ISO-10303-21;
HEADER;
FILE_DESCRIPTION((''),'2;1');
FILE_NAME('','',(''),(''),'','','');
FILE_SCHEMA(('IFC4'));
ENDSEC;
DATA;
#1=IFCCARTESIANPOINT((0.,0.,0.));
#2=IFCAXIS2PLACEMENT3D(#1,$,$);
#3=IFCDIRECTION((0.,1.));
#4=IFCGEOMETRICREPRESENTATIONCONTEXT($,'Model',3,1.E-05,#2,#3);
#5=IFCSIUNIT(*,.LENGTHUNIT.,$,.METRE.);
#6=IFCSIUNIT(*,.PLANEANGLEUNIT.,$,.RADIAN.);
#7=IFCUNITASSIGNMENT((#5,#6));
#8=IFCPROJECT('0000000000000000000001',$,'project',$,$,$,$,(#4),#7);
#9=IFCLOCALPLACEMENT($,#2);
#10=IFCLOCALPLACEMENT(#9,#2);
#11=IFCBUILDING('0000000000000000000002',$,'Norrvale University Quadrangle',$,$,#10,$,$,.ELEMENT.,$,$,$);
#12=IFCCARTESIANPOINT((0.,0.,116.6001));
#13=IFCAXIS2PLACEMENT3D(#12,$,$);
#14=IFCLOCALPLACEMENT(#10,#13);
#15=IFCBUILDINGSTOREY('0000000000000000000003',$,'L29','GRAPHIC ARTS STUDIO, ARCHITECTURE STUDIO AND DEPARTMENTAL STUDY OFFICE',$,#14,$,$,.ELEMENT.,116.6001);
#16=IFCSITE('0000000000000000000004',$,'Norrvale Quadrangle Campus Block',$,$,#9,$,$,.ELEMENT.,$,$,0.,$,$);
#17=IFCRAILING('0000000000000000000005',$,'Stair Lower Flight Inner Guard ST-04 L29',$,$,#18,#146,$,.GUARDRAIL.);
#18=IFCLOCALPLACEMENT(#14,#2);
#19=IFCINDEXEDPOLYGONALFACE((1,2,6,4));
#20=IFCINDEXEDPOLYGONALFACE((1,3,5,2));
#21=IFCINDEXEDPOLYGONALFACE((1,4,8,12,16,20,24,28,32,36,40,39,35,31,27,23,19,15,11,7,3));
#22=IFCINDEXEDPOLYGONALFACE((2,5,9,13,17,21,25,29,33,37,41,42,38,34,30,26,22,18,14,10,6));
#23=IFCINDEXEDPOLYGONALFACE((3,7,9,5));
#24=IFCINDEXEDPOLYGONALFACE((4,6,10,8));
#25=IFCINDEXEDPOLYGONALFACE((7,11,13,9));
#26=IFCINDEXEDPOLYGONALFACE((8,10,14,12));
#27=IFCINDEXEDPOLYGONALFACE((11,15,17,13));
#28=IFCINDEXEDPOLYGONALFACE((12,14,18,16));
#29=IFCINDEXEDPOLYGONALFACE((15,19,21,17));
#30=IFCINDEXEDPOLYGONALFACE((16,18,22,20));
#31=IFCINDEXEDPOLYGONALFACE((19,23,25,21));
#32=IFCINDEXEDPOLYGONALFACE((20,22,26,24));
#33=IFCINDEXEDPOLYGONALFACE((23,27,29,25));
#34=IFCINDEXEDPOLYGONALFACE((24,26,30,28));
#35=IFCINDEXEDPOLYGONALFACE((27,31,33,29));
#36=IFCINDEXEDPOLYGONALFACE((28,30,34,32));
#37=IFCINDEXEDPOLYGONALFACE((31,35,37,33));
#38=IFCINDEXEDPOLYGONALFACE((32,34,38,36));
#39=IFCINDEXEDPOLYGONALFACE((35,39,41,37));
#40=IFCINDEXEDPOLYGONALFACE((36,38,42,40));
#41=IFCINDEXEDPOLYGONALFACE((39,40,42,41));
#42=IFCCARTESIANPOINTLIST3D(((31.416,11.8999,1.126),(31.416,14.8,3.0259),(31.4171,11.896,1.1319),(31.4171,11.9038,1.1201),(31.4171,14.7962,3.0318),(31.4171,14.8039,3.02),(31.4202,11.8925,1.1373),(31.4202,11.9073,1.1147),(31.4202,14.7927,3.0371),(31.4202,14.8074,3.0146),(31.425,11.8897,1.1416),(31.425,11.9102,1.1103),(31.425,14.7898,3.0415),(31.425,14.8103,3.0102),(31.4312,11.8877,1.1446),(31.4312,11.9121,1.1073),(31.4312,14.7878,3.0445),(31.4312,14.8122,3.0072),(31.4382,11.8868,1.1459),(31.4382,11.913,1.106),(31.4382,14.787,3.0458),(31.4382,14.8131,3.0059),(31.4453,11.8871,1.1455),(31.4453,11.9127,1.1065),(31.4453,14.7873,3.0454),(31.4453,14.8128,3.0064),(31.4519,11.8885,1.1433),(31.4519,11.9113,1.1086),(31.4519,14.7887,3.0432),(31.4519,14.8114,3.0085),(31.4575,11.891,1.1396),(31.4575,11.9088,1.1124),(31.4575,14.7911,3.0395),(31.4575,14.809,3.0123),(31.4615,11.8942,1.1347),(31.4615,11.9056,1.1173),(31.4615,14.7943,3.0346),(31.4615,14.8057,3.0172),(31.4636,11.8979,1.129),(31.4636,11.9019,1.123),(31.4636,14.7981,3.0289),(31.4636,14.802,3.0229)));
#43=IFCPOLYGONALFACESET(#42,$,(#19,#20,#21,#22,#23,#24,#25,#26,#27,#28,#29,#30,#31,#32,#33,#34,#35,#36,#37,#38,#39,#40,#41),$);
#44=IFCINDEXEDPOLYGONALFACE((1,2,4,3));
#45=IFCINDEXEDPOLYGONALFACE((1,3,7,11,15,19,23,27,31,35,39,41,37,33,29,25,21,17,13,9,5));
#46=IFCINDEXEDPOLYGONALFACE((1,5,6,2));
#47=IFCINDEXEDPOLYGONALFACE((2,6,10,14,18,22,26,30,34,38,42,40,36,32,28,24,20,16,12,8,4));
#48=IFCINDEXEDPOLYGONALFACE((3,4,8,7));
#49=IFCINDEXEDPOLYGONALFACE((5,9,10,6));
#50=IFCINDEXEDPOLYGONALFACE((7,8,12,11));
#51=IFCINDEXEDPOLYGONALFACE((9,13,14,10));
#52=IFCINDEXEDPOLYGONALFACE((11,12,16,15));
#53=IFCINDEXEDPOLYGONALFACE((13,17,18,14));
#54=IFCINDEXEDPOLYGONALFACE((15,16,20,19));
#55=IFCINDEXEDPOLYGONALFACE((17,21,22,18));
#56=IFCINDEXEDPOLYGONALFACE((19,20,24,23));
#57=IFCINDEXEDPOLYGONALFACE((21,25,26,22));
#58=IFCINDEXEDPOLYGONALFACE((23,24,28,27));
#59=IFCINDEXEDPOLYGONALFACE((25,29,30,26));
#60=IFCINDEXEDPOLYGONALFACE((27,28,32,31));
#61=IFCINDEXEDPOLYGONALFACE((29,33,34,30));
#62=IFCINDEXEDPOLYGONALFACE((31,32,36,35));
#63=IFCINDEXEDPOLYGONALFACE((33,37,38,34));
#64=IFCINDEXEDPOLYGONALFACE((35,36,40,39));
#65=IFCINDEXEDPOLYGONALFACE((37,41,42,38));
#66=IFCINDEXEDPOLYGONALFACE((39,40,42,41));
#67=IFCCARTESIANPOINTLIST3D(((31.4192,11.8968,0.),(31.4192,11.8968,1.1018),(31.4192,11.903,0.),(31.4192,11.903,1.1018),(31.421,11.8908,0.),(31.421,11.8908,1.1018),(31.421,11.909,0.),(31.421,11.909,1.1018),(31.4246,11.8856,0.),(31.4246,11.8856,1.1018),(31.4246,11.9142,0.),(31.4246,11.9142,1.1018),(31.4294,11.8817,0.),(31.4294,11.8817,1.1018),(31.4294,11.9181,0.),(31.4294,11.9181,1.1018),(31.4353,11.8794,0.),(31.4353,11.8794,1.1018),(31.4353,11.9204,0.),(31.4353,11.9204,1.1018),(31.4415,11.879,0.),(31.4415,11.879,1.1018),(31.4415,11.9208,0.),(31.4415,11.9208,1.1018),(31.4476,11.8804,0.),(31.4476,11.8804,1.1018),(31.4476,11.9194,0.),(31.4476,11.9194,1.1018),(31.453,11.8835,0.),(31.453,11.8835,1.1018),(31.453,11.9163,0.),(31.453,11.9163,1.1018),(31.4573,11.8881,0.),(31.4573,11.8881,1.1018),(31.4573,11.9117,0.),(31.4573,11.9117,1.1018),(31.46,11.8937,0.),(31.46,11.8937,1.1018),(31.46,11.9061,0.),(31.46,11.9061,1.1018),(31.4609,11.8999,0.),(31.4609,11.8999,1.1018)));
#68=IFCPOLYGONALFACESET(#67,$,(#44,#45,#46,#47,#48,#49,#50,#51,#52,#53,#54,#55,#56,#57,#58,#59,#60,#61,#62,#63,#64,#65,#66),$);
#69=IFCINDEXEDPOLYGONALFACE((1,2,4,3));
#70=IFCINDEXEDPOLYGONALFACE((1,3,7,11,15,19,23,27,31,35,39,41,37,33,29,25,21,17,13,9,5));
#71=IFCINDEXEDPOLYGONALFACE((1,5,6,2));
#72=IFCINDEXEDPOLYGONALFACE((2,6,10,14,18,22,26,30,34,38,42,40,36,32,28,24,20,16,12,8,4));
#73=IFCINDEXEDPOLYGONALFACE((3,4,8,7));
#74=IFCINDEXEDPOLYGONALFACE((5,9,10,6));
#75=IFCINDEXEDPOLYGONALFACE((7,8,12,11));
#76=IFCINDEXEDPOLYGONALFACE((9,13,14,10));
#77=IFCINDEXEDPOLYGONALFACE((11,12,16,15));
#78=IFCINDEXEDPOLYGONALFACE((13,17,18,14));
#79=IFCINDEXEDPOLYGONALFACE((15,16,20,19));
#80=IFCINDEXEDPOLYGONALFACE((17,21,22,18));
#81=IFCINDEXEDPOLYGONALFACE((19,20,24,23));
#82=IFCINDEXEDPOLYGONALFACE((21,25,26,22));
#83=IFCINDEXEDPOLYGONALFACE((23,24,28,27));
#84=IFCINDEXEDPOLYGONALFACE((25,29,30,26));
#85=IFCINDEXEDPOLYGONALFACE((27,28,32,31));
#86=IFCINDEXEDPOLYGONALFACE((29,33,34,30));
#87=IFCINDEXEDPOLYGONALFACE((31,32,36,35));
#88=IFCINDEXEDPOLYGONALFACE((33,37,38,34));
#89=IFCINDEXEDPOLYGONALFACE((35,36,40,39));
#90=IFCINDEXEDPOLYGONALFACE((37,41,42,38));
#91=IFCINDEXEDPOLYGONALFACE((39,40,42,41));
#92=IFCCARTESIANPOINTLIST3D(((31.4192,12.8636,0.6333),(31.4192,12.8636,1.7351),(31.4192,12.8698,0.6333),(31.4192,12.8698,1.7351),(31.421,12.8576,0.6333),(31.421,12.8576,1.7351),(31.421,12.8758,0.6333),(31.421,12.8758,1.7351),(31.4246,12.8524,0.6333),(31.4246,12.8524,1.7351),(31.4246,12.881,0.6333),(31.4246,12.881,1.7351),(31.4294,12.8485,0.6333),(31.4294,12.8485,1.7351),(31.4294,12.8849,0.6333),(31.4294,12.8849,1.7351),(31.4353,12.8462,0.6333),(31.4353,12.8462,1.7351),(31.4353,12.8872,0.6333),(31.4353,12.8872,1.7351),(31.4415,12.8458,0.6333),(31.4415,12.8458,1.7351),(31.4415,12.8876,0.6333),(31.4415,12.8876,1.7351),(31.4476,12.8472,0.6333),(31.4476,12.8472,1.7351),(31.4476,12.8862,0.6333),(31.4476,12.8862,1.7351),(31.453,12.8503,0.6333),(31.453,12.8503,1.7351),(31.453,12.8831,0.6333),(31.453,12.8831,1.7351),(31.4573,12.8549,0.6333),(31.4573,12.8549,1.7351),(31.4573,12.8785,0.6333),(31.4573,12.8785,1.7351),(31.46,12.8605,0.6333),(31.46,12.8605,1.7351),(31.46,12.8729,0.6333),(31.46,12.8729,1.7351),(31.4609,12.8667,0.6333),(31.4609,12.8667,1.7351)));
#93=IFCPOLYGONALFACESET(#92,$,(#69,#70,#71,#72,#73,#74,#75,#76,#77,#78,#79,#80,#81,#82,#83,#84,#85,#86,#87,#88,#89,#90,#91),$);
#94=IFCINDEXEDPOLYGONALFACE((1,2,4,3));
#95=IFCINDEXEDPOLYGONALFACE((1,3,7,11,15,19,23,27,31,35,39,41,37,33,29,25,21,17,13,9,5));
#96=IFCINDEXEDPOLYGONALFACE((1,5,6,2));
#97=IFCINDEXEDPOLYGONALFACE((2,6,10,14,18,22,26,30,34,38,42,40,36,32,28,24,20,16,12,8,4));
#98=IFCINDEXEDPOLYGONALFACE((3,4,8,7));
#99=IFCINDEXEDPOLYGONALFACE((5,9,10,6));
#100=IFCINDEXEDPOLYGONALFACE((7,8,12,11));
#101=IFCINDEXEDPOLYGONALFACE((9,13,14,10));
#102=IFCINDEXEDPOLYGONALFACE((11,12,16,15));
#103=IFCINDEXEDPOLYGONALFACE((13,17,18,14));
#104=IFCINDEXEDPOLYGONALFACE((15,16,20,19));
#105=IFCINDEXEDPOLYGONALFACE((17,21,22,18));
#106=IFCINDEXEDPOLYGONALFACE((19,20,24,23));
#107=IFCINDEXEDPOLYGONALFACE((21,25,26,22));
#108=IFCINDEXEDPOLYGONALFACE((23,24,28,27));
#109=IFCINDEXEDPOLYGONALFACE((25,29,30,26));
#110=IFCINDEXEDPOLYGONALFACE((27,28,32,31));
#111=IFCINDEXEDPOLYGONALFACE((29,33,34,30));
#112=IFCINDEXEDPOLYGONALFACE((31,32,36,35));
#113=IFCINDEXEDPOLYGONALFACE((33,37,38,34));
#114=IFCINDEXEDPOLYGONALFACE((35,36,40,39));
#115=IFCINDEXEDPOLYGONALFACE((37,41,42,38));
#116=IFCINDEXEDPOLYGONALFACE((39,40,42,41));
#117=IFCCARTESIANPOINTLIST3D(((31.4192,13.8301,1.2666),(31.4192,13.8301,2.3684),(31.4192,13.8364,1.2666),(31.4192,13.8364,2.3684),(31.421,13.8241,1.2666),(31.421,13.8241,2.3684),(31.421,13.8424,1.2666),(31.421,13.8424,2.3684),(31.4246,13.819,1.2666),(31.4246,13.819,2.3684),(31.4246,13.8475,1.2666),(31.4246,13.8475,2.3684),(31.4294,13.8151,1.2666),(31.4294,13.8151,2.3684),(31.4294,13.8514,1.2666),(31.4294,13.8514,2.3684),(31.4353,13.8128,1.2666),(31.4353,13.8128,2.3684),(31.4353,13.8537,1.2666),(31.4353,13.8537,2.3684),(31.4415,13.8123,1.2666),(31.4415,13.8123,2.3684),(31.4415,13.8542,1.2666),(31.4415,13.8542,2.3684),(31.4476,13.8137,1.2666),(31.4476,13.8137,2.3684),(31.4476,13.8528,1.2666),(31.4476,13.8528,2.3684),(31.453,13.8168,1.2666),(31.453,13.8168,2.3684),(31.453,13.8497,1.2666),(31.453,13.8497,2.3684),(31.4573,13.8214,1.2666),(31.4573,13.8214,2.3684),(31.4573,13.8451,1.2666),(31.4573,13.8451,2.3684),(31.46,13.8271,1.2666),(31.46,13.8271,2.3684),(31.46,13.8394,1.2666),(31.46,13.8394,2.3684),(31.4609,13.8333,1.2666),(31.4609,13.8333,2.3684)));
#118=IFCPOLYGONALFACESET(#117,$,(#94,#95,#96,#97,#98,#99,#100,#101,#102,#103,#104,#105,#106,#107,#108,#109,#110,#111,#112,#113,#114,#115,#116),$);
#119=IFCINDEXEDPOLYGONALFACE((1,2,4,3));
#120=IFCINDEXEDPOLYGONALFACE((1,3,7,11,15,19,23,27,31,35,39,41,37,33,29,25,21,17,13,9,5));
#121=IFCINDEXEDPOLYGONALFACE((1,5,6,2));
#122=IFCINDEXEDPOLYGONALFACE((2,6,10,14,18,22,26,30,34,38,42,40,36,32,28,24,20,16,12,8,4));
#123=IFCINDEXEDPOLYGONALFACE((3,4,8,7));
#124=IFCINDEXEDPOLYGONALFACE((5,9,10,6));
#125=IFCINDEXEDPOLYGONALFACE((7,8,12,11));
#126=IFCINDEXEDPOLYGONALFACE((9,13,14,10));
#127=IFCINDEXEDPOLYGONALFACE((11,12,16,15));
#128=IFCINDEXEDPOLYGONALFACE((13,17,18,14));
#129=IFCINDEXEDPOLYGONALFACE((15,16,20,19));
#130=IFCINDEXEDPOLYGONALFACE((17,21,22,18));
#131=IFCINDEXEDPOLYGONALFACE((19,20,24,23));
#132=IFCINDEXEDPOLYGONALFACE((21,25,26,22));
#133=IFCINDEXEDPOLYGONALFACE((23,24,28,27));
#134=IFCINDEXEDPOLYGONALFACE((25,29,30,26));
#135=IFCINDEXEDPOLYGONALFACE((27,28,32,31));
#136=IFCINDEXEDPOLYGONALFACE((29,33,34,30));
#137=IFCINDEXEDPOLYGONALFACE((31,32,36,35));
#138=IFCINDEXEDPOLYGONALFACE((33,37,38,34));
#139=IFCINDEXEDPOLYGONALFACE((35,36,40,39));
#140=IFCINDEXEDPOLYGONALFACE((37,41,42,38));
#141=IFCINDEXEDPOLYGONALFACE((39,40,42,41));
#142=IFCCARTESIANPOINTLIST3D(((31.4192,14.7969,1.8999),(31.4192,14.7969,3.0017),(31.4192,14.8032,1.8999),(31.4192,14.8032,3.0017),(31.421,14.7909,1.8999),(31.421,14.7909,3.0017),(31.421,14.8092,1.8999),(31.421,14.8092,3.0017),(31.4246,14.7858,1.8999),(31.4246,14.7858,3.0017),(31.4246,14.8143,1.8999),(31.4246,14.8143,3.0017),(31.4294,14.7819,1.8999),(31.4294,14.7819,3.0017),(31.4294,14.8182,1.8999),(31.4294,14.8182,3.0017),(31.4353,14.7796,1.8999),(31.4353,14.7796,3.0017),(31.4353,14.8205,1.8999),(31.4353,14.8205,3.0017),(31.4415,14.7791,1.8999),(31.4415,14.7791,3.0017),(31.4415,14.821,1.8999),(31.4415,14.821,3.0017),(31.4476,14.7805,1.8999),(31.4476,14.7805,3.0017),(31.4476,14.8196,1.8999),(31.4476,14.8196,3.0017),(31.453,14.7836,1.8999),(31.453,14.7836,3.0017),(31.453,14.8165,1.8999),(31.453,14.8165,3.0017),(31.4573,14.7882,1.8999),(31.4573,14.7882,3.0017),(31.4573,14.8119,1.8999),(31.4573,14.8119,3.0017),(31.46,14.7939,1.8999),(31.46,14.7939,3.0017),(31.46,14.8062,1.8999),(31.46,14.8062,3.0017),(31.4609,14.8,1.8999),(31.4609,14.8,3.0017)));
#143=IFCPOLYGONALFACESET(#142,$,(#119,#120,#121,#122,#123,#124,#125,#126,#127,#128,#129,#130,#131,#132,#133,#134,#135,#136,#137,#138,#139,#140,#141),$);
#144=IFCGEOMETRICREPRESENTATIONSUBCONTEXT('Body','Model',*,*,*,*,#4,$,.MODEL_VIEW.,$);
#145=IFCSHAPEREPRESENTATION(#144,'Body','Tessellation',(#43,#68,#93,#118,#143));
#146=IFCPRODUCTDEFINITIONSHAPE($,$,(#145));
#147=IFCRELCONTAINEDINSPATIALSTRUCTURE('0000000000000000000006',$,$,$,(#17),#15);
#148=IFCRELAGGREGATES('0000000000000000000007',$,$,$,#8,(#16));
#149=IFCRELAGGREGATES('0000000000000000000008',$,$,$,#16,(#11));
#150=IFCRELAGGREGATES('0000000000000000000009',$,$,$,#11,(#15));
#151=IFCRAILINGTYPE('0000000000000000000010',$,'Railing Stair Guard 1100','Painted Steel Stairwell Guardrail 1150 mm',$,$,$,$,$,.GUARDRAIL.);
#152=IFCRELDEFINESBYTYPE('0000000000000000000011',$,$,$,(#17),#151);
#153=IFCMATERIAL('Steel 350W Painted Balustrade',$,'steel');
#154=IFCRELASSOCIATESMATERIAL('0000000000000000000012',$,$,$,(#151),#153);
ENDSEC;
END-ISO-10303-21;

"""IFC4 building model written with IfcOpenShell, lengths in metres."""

from ifc_helpers import new_model, si_unit, direction, frame, origin, origin_2d, place, context, subcontext, project, spatial, circle, extrude, material, type_object, element, save


model = new_model("IFC4")

# Units and contexts
model_context = context("Model", 3, precision=1e-05, world=origin(), true_north=direction((0.0, 1.0)))
body_context = subcontext(model_context, "Body", "Model", "MODEL_VIEW")
ifc_project = project(units=[si_unit("LENGTHUNIT", "METRE"), si_unit("PLANEANGLEUNIT", "RADIAN")], contexts=[model_context])

# Site, building, storey
site_placement = place(None, origin())
site = spatial("IfcSite", under=ifc_project, at=site_placement, Name="Norrvale Quadrangle Campus Block", CompositionType="ELEMENT", RefElevation=0.0)
building_placement = place(site_placement, origin())
building = spatial("IfcBuilding", under=site, at=building_placement, Name="Norrvale University Quadrangle", CompositionType="ELEMENT")
storey_placement = place(building_placement, frame((0.0, 0.0, 116.6001)))
storey = spatial("IfcBuildingStorey", under=building, at=storey_placement, Name="L29", Description="GRAPHIC ARTS STUDIO, ARCHITECTURE STUDIO AND DEPARTMENTAL STUDY OFFICE", CompositionType="ELEMENT", Elevation=116.6001)

# Railing
ifc_material_1 = material(Name="Steel 350W Painted Balustrade", Category="steel")
railing_type_1 = type_object("IfcRailingType", Name="Railing Stair Guard 1100", Description="Painted Steel Stairwell Guardrail 1150 mm", PredefinedType="GUARDRAIL", material=ifc_material_1)
railing_1_placement = place(storey_placement, frame((31.4399, 11.8999, 0.0)))
element("IfcRailing", 1, at=railing_1_placement, inside=storey, type_object=railing_type_1, Name="Stair Lower Flight Inner Guard ST-04 L29", PredefinedType="GUARDRAIL", context=body_context, shape_type="SweptSolid", body=[
    extrude(circle(Radius=0.0239, at=origin_2d()), frame((0.0, 0.0, 1.126), z_axis=(0.0, 0.836487, 0.547987), x_axis=(-1.0, 0.0, 0.0)), (0.0, 0.0, 1.0), 3.467),
    extrude(circle(Radius=0.021, at=origin_2d()), origin(), (0.0, 0.0, 1.0), 1.1018),
    extrude(circle(Radius=0.021, at=origin_2d()), frame((0.0, 0.9668, 0.6333)), (0.0, 0.0, 1.0), 1.1018),
    extrude(circle(Radius=0.021, at=origin_2d()), frame((0.0, 1.9333, 1.2666)), (0.0, 0.0, 1.0), 1.1018),
    extrude(circle(Radius=0.021, at=origin_2d()), frame((0.0, 2.9001, 1.8999)), (0.0, 0.0, 1.0), 1.1018),
])

save(model, "model.ifc")
